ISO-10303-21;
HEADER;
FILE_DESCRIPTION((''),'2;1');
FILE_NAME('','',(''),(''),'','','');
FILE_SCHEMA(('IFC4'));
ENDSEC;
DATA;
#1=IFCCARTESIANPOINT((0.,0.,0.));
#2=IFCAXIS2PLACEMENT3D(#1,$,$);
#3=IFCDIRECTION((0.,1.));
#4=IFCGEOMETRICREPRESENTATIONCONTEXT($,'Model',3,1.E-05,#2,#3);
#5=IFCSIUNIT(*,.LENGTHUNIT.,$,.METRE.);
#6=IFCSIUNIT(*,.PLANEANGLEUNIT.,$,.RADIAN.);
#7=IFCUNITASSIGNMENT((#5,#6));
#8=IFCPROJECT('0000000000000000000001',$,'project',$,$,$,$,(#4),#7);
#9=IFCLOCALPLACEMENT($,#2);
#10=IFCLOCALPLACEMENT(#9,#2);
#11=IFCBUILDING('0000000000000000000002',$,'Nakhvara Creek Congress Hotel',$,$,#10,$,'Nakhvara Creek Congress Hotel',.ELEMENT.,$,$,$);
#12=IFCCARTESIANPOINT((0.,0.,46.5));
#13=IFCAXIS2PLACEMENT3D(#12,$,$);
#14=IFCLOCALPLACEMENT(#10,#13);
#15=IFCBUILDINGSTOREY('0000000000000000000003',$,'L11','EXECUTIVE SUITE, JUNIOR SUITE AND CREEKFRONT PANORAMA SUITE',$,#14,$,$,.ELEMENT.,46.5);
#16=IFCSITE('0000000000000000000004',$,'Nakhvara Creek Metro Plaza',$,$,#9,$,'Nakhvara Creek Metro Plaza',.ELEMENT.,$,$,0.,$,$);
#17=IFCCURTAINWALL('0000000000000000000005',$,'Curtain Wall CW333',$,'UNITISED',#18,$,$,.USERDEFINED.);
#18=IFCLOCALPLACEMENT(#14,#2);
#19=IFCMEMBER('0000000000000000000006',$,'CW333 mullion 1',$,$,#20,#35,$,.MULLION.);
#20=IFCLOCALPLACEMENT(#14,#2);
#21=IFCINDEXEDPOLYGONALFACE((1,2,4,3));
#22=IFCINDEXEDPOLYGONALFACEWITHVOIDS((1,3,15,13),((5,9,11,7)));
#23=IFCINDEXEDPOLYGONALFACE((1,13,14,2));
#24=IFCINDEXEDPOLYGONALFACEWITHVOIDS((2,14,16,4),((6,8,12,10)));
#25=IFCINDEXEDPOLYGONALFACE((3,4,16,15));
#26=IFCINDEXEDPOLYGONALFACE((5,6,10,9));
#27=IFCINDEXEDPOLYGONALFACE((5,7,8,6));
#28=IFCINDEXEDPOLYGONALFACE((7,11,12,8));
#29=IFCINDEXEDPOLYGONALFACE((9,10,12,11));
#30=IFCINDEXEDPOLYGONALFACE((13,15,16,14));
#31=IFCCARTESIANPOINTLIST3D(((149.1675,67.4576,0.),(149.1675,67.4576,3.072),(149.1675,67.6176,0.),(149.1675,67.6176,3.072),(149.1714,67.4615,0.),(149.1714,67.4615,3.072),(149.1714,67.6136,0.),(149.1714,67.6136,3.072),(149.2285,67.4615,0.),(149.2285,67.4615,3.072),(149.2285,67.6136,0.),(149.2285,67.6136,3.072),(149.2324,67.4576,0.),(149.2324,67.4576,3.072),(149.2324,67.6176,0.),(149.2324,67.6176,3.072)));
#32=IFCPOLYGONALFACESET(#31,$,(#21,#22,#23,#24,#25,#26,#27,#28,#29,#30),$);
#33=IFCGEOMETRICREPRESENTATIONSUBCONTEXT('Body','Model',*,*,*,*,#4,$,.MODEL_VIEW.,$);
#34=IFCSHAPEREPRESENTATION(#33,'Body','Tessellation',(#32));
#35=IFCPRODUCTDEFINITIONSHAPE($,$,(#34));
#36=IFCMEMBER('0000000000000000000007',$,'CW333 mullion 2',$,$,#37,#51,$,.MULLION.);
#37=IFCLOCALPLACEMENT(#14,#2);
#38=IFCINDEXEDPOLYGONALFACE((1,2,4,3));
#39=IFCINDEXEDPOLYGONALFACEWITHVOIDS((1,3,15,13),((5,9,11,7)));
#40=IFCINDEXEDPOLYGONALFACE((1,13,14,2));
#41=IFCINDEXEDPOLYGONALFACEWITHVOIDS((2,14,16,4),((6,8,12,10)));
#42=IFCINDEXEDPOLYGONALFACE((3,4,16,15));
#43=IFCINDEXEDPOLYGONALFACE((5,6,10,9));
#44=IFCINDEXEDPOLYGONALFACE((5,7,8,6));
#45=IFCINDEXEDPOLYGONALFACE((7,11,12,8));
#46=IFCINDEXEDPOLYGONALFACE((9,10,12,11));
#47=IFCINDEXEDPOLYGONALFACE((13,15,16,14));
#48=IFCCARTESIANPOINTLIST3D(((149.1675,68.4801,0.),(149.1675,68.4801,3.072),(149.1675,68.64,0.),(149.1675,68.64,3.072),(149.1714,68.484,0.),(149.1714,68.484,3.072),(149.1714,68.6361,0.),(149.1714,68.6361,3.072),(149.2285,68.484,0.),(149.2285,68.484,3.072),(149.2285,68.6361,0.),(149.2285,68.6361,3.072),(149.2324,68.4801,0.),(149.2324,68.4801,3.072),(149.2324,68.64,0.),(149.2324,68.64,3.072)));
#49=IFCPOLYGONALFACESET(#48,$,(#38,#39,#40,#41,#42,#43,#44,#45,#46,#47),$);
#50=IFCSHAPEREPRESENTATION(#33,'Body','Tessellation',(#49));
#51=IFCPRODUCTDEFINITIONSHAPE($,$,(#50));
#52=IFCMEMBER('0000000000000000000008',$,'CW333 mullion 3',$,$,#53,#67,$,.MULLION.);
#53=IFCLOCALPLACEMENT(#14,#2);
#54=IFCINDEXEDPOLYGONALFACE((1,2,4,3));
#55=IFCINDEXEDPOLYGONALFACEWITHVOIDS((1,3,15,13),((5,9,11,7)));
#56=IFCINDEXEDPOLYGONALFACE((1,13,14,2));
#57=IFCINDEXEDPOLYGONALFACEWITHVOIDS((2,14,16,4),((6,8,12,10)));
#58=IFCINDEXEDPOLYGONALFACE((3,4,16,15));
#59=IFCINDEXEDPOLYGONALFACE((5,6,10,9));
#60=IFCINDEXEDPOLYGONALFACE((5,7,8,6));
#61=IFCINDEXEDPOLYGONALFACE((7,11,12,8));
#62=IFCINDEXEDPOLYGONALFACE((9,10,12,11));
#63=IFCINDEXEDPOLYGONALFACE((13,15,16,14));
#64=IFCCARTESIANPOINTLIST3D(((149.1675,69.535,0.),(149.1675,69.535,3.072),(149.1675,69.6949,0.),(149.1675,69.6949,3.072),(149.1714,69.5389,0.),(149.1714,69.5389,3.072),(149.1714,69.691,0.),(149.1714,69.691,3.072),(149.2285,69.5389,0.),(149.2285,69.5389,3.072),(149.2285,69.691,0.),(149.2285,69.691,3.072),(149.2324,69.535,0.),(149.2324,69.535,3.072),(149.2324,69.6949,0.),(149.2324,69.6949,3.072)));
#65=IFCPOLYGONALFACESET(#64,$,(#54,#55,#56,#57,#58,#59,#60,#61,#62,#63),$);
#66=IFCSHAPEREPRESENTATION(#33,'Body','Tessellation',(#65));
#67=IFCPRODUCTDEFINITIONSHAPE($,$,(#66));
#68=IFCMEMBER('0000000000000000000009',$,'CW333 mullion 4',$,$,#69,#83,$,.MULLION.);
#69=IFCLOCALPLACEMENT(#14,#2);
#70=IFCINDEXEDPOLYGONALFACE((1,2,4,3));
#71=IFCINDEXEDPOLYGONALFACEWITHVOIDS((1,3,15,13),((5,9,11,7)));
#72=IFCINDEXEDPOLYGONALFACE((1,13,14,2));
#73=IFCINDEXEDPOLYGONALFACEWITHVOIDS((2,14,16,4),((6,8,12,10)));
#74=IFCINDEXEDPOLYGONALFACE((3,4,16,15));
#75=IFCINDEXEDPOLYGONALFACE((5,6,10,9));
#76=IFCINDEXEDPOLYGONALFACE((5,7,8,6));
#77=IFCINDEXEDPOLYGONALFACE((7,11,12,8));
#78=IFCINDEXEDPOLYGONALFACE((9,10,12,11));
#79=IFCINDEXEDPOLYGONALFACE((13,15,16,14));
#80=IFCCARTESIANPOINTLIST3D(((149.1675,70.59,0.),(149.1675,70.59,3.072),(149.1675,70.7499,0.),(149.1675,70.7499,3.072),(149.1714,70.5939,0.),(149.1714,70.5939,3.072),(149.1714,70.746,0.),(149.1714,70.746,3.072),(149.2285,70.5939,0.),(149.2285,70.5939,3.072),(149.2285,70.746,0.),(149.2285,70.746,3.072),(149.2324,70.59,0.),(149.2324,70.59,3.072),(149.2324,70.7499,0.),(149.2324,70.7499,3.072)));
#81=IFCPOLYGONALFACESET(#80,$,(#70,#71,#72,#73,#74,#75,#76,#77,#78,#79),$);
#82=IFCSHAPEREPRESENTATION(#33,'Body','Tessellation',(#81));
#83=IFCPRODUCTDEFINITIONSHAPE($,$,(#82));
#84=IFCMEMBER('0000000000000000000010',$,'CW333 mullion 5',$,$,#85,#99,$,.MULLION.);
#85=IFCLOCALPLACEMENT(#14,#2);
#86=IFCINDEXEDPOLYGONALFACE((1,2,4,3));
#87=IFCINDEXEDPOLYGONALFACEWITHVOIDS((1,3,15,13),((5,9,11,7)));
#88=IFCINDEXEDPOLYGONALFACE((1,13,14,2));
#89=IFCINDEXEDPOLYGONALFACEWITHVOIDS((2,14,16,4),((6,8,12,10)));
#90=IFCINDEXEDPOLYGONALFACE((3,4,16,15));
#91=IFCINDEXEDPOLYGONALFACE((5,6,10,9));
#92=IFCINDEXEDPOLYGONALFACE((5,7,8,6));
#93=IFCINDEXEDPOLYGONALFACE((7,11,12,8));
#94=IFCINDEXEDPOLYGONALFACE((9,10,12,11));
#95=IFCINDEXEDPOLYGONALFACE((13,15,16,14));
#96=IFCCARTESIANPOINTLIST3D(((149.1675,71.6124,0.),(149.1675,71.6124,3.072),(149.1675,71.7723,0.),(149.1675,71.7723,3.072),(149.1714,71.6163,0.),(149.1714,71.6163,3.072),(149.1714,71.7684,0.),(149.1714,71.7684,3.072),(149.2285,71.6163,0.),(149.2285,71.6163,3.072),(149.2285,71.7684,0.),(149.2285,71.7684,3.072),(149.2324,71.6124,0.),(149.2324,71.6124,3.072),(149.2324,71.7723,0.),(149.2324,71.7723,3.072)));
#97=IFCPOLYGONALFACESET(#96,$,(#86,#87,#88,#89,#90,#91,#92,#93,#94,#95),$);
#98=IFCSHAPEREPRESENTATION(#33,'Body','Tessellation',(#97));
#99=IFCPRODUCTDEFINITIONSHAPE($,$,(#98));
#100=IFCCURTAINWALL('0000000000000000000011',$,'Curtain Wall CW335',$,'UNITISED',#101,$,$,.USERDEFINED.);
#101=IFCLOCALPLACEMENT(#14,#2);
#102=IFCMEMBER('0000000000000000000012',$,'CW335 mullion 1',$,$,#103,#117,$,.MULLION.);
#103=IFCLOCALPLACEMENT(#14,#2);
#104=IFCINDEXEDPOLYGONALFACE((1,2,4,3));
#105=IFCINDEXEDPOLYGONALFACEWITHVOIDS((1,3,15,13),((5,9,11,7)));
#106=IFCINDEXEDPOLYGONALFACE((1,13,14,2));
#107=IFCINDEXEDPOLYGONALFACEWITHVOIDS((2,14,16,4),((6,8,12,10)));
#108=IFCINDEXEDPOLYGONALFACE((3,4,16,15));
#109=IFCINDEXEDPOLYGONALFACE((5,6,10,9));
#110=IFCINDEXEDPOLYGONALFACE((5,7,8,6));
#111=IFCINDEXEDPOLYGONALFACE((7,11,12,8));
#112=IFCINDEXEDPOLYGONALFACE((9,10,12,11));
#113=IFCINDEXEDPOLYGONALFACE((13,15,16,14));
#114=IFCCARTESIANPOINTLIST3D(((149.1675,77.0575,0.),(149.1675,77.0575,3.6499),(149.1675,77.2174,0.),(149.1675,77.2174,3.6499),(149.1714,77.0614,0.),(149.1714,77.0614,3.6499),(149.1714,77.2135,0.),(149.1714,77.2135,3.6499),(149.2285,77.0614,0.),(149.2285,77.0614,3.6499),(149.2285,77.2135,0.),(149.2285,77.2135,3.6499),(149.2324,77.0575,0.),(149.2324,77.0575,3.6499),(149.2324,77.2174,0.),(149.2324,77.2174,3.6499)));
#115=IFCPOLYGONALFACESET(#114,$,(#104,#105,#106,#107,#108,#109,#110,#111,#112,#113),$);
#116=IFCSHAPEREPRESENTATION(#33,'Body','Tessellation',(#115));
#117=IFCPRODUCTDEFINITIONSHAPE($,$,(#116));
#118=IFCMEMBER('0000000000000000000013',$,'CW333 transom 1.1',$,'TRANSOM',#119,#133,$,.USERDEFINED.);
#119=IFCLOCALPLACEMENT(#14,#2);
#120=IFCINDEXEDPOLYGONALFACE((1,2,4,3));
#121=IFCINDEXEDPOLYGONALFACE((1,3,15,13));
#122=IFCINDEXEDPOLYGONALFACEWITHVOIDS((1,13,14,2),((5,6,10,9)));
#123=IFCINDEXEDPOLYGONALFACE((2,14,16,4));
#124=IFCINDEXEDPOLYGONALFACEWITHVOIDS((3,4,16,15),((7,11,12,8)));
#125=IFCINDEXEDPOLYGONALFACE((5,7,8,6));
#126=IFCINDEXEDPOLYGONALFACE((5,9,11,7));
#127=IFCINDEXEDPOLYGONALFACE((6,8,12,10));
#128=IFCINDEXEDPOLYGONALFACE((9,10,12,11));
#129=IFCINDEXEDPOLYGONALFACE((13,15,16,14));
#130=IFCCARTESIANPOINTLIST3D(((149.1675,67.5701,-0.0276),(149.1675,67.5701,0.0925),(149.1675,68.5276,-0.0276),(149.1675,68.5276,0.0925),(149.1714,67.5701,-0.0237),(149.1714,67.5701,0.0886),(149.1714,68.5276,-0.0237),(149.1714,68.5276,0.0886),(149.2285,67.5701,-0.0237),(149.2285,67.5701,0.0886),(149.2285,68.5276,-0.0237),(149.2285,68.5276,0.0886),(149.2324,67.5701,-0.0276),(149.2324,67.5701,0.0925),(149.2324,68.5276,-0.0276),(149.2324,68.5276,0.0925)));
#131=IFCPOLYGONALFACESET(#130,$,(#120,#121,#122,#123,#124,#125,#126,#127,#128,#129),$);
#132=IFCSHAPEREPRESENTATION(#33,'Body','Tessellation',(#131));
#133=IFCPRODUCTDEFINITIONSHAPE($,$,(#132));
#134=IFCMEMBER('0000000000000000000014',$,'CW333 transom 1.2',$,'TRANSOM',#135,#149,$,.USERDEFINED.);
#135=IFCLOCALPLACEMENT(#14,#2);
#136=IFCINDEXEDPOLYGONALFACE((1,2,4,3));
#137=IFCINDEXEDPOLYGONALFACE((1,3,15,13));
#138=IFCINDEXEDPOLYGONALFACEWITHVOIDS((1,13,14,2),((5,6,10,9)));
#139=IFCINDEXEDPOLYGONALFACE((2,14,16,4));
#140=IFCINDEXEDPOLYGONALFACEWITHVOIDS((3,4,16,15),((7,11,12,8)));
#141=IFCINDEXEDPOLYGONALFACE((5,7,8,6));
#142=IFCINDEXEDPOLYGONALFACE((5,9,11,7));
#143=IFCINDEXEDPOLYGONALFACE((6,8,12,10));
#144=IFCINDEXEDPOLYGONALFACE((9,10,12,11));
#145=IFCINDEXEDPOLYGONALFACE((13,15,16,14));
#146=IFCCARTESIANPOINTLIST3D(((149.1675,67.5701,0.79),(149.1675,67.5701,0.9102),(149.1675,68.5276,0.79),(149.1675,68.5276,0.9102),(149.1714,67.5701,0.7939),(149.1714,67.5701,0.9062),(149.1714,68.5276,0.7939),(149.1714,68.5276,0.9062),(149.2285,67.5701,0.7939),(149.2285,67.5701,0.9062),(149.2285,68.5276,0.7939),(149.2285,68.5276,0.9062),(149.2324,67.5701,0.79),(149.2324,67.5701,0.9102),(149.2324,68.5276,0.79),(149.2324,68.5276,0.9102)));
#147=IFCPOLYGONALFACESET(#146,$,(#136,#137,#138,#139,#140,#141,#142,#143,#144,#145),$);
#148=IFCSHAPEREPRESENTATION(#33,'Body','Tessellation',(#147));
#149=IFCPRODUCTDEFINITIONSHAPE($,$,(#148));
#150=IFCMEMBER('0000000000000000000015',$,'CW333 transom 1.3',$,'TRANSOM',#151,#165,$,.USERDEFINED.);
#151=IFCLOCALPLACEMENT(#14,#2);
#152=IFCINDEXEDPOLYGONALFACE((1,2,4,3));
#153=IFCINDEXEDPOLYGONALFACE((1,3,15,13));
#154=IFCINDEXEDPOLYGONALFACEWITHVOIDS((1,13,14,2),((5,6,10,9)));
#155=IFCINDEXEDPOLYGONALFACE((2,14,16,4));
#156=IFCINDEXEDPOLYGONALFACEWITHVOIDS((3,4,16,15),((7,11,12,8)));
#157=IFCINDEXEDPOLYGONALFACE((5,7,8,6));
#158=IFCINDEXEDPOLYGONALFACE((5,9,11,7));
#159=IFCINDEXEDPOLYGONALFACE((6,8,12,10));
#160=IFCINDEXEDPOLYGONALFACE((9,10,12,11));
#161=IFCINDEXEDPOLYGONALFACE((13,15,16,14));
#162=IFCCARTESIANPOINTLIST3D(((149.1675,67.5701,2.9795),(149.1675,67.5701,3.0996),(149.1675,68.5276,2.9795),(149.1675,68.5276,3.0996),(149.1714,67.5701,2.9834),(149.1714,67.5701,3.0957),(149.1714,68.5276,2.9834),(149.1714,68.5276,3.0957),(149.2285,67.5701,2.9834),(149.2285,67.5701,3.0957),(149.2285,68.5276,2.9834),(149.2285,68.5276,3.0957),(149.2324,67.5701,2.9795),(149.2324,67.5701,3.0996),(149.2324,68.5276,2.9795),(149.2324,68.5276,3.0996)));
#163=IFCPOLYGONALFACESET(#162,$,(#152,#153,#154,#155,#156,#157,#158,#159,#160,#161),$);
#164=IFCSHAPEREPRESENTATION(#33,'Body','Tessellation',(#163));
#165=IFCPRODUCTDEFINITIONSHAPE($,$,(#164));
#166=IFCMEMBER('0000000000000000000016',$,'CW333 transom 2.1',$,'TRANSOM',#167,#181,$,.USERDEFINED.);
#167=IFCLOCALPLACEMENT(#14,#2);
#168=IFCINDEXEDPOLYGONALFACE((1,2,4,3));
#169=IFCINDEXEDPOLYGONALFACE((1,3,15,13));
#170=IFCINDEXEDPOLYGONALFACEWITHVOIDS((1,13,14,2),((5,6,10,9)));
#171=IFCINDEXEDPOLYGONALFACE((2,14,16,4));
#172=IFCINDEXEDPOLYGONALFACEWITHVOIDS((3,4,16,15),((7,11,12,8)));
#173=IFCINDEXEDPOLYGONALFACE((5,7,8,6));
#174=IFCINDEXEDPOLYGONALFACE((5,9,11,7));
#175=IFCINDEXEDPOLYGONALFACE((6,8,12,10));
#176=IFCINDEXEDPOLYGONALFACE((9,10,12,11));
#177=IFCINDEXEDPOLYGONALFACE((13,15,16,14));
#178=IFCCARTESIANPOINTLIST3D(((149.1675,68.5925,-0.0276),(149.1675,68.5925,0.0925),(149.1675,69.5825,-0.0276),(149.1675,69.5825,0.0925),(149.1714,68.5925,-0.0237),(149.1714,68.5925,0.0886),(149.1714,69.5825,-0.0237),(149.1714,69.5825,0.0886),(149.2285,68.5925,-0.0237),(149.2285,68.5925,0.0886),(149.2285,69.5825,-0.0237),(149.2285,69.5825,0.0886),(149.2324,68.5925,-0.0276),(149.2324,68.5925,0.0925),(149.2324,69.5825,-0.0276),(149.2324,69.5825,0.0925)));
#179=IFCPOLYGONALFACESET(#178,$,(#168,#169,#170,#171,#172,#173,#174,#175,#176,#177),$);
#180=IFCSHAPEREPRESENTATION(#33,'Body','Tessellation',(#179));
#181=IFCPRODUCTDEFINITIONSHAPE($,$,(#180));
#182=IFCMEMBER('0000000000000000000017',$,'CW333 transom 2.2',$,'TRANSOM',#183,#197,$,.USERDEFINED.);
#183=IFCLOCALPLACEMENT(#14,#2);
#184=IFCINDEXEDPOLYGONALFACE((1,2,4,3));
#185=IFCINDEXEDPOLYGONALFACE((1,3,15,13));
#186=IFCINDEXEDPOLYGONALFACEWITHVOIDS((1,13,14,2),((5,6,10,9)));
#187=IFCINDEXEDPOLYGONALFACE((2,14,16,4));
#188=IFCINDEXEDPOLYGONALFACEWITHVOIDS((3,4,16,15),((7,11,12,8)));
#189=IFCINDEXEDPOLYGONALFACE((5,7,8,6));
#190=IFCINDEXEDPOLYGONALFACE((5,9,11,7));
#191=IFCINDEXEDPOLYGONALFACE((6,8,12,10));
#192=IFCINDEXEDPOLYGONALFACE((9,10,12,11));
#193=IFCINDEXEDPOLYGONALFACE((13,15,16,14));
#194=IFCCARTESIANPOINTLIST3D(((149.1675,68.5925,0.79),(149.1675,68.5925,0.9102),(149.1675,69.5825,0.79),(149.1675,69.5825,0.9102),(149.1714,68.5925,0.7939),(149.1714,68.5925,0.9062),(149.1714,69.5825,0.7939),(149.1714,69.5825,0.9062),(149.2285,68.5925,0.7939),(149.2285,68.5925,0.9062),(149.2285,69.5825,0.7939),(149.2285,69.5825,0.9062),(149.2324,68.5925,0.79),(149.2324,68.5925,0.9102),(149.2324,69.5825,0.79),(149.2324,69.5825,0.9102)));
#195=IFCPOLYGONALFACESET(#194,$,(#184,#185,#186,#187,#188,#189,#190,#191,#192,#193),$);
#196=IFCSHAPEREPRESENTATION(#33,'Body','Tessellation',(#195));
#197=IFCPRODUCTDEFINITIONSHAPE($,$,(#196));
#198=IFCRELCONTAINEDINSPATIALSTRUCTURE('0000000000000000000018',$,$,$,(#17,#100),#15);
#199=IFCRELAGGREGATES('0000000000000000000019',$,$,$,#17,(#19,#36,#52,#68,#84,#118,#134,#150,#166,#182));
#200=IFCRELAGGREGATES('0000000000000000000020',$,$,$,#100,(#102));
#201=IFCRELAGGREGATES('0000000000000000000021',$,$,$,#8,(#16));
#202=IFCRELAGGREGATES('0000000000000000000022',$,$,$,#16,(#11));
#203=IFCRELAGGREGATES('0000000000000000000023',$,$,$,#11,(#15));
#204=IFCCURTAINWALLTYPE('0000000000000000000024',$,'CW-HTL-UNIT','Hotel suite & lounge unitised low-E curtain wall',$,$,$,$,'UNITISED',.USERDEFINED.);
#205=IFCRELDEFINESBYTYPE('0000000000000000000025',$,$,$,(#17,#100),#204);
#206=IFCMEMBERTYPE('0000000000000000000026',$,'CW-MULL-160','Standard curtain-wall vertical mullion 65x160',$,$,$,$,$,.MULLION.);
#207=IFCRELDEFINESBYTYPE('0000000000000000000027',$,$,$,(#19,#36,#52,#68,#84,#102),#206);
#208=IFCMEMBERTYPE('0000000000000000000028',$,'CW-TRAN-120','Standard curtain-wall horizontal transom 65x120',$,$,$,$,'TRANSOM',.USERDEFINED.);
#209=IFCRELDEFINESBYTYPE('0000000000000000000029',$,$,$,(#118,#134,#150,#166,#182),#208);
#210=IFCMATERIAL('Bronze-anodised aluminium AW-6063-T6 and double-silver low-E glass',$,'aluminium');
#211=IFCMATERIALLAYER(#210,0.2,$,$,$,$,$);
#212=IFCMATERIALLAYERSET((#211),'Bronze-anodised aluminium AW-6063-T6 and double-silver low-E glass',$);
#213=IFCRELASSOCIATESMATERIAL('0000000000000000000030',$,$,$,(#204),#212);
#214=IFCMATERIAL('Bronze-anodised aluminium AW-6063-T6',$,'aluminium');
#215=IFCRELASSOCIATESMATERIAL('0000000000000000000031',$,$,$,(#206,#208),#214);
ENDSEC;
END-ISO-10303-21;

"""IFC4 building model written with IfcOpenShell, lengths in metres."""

from ifc_helpers import new_model, si_unit, direction, frame, origin, origin_2d, place, context, subcontext, project, spatial, hollow_rectangle, extrude, material, layer, layer_set, material_profile, profile_set, type_object, element, aggregate, save


model = new_model("IFC4")

# Units and contexts
model_context = context("Model", 3, precision=1e-05, world=origin(), true_north=direction((0.0, 1.0)))
body_context = subcontext(model_context, "Body", "Model", "MODEL_VIEW")
ifc_project = project(units=[si_unit("LENGTHUNIT", "METRE"), si_unit("PLANEANGLEUNIT", "RADIAN")], contexts=[model_context])

# Site, building, storey
site_placement = place(None, origin())
site = spatial("IfcSite", under=ifc_project, at=site_placement, Name="Nakhvara Creek Metro Plaza", LongName="Nakhvara Creek Metro Plaza", CompositionType="ELEMENT", RefElevation=0.0)
building_placement = place(site_placement, origin())
building = spatial("IfcBuilding", under=site, at=building_placement, Name="Nakhvara Creek Congress Hotel", LongName="Nakhvara Creek Congress Hotel", CompositionType="ELEMENT")
storey_placement = place(building_placement, frame((0.0, 0.0, 46.5)))
storey = spatial("IfcBuildingStorey", under=building, at=storey_placement, Name="L11", Description="EXECUTIVE SUITE, JUNIOR SUITE AND CREEKFRONT PANORAMA SUITE", CompositionType="ELEMENT", Elevation=46.5)

# Curtain wall, members
ifc_material_1 = material(Name="Bronze-anodised aluminium AW-6063-T6 and double-silver low-E glass", Category="aluminium")
ifc_layer = layer(ifc_material_1, 0.2)
ifc_layer_set = layer_set([ifc_layer], Name="Bronze-anodised aluminium AW-6063-T6 and double-silver low-E glass")
curtain_wall_type = type_object("IfcCurtainWallType", Name="CW-HTL-UNIT", Description="Hotel suite & lounge unitised low-E curtain wall", ElementType="UNITISED", PredefinedType="USERDEFINED", material=ifc_layer_set)
curtain_wall_1_placement = place(storey_placement, origin())
curtain_wall_1 = element("IfcCurtainWall", 1, at=curtain_wall_1_placement, inside=storey, type_object=curtain_wall_type, Name="Curtain Wall CW333", ObjectType="UNITISED", PredefinedType="USERDEFINED")
ifc_material_2 = material(Name="Bronze-anodised aluminium AW-6063-T6", Category="aluminium")
ifc_material_profile_1 = material_profile(ifc_material_2, hollow_rectangle(XDim=0.0649, YDim=0.1599, WallThickness=0.0039, at=origin_2d()), Name="ALU-MULL 65x160x4", Category="LoadBearing")
ifc_profile_set_1 = profile_set([ifc_material_profile_1], Name="Bronze-anodised aluminium AW-6063-T6")
member_type_1 = type_object("IfcMemberType", Name="CW-MULL-160", Description="Standard curtain-wall vertical mullion 65x160", PredefinedType="MULLION", material=ifc_profile_set_1)
member_1_placement = place(storey_placement, frame((149.2, 67.5376, 0.0), z_axis=(0.0, 0.0, 1.0), x_axis=(-1.0, 0.0, 0.0)))
member_1 = element("IfcMember", 2, at=member_1_placement, type_object=member_type_1, Name="CW333 mullion 1", PredefinedType="MULLION", context=body_context, shape_type="SweptSolid", body=[
    extrude(hollow_rectangle(XDim=0.0649, YDim=0.1599, WallThickness=0.0039, at=origin_2d()), origin(), (0.0, 0.0, 1.0), 3.072),
])
member_2_placement = place(storey_placement, frame((149.2, 68.5601, 0.0), z_axis=(0.0, 0.0, 1.0), x_axis=(-1.0, 0.0, 0.0)))
member_2 = element("IfcMember", 3, at=member_2_placement, type_object=member_type_1, Name="CW333 mullion 2", PredefinedType="MULLION", context=body_context, shape_type="SweptSolid", body=[
    extrude(hollow_rectangle(XDim=0.0649, YDim=0.1599, WallThickness=0.0039, at=origin_2d()), origin(), (0.0, 0.0, 1.0), 3.072),
])
member_3_placement = place(storey_placement, frame((149.2, 69.615, 0.0), z_axis=(0.0, 0.0, 1.0), x_axis=(-1.0, 0.0, 0.0)))
member_3 = element("IfcMember", 4, at=member_3_placement, type_object=member_type_1, Name="CW333 mullion 3", PredefinedType="MULLION", context=body_context, shape_type="SweptSolid", body=[
    extrude(hollow_rectangle(XDim=0.0649, YDim=0.1599, WallThickness=0.0039, at=origin_2d()), origin(), (0.0, 0.0, 1.0), 3.072),
])
member_4_placement = place(storey_placement, frame((149.2, 70.6699, 0.0), z_axis=(0.0, 0.0, 1.0), x_axis=(-1.0, 0.0, 0.0)))
member_4 = element("IfcMember", 5, at=member_4_placement, type_object=member_type_1, Name="CW333 mullion 4", PredefinedType="MULLION", context=body_context, shape_type="SweptSolid", body=[
    extrude(hollow_rectangle(XDim=0.0649, YDim=0.1599, WallThickness=0.0039, at=origin_2d()), origin(), (0.0, 0.0, 1.0), 3.072),
])
member_5_placement = place(storey_placement, frame((149.2, 71.6924, 0.0), z_axis=(0.0, 0.0, 1.0), x_axis=(-1.0, 0.0, 0.0)))
member_5 = element("IfcMember", 6, at=member_5_placement, type_object=member_type_1, Name="CW333 mullion 5", PredefinedType="MULLION", context=body_context, shape_type="SweptSolid", body=[
    extrude(hollow_rectangle(XDim=0.0649, YDim=0.1599, WallThickness=0.0039, at=origin_2d()), origin(), (0.0, 0.0, 1.0), 3.072),
])

# Curtain wall, member
curtain_wall_2_placement = place(storey_placement, origin())
curtain_wall_2 = element("IfcCurtainWall", 7, at=curtain_wall_2_placement, inside=storey, type_object=curtain_wall_type, Name="Curtain Wall CW335", ObjectType="UNITISED", PredefinedType="USERDEFINED")
member_6_placement = place(storey_placement, frame((149.2, 77.1375, 0.0), z_axis=(0.0, 0.0, 1.0), x_axis=(-1.0, 0.0, 0.0)))
member_6 = element("IfcMember", 8, at=member_6_placement, type_object=member_type_1, Name="CW335 mullion 1", PredefinedType="MULLION", context=body_context, shape_type="SweptSolid", body=[
    extrude(hollow_rectangle(XDim=0.0649, YDim=0.1599, WallThickness=0.0039, at=origin_2d()), origin(), (0.0, 0.0, 1.0), 3.6499),
])

# Members
ifc_material_profile_2 = material_profile(ifc_material_2, hollow_rectangle(XDim=0.0649, YDim=0.1201, WallThickness=0.0039, at=origin_2d()), Name="ALU-TRAN 65x120x4", Category="LoadBearing")
ifc_profile_set_2 = profile_set([ifc_material_profile_2], Name="Bronze-anodised aluminium AW-6063-T6")
member_type_2 = type_object("IfcMemberType", Name="CW-TRAN-120", Description="Standard curtain-wall horizontal transom 65x120", ElementType="TRANSOM", PredefinedType="USERDEFINED", material=ifc_profile_set_2)
member_7_placement = place(storey_placement, frame((149.2, 67.5701, 0.0325), z_axis=(0.0, 1.0, 0.0), x_axis=(-1.0, 0.0, 0.0)))
member_7 = element("IfcMember", 9, at=member_7_placement, type_object=member_type_2, Name="CW333 transom 1.1", ObjectType="TRANSOM", PredefinedType="USERDEFINED", context=body_context, shape_type="SweptSolid", body=[
    extrude(hollow_rectangle(XDim=0.0649, YDim=0.1201, WallThickness=0.0039, at=origin_2d()), origin(), (0.0, 0.0, 1.0), 0.9575),
])
member_8_placement = place(storey_placement, frame((149.2, 67.5701, 0.8501), z_axis=(0.0, 1.0, 0.0), x_axis=(-1.0, 0.0, 0.0)))
member_8 = element("IfcMember", 10, at=member_8_placement, type_object=member_type_2, Name="CW333 transom 1.2", ObjectType="TRANSOM", PredefinedType="USERDEFINED", context=body_context, shape_type="SweptSolid", body=[
    extrude(hollow_rectangle(XDim=0.0649, YDim=0.1201, WallThickness=0.0039, at=origin_2d()), origin(), (0.0, 0.0, 1.0), 0.9575),
])
member_9_placement = place(storey_placement, frame((149.2, 67.5701, 3.0396), z_axis=(0.0, 1.0, 0.0), x_axis=(-1.0, 0.0, 0.0)))
member_9 = element("IfcMember", 11, at=member_9_placement, type_object=member_type_2, Name="CW333 transom 1.3", ObjectType="TRANSOM", PredefinedType="USERDEFINED", context=body_context, shape_type="SweptSolid", body=[
    extrude(hollow_rectangle(XDim=0.0649, YDim=0.1201, WallThickness=0.0039, at=origin_2d()), origin(), (0.0, 0.0, 1.0), 0.9575),
])
member_10_placement = place(storey_placement, frame((149.2, 68.5925, 0.0325), z_axis=(0.0, 1.0, 0.0), x_axis=(-1.0, 0.0, 0.0)))
member_10 = element("IfcMember", 12, at=member_10_placement, type_object=member_type_2, Name="CW333 transom 2.1", ObjectType="TRANSOM", PredefinedType="USERDEFINED", context=body_context, shape_type="SweptSolid", body=[
    extrude(hollow_rectangle(XDim=0.0649, YDim=0.1201, WallThickness=0.0039, at=origin_2d()), origin(), (0.0, 0.0, 1.0), 0.99),
])
member_11_placement = place(storey_placement, frame((149.2, 68.5925, 0.8501), z_axis=(0.0, 1.0, 0.0), x_axis=(-1.0, 0.0, 0.0)))
member_11 = element("IfcMember", 13, at=member_11_placement, type_object=member_type_2, Name="CW333 transom 2.2", ObjectType="TRANSOM", PredefinedType="USERDEFINED", context=body_context, shape_type="SweptSolid", body=[
    extrude(hollow_rectangle(XDim=0.0649, YDim=0.1201, WallThickness=0.0039, at=origin_2d()), origin(), (0.0, 0.0, 1.0), 0.99),
])

aggregate(curtain_wall_1, [member_1, member_2, member_3, member_4, member_5, member_7, member_8, member_9, member_10, member_11])
aggregate(curtain_wall_2, [member_6])

save(model, "model.ifc")
